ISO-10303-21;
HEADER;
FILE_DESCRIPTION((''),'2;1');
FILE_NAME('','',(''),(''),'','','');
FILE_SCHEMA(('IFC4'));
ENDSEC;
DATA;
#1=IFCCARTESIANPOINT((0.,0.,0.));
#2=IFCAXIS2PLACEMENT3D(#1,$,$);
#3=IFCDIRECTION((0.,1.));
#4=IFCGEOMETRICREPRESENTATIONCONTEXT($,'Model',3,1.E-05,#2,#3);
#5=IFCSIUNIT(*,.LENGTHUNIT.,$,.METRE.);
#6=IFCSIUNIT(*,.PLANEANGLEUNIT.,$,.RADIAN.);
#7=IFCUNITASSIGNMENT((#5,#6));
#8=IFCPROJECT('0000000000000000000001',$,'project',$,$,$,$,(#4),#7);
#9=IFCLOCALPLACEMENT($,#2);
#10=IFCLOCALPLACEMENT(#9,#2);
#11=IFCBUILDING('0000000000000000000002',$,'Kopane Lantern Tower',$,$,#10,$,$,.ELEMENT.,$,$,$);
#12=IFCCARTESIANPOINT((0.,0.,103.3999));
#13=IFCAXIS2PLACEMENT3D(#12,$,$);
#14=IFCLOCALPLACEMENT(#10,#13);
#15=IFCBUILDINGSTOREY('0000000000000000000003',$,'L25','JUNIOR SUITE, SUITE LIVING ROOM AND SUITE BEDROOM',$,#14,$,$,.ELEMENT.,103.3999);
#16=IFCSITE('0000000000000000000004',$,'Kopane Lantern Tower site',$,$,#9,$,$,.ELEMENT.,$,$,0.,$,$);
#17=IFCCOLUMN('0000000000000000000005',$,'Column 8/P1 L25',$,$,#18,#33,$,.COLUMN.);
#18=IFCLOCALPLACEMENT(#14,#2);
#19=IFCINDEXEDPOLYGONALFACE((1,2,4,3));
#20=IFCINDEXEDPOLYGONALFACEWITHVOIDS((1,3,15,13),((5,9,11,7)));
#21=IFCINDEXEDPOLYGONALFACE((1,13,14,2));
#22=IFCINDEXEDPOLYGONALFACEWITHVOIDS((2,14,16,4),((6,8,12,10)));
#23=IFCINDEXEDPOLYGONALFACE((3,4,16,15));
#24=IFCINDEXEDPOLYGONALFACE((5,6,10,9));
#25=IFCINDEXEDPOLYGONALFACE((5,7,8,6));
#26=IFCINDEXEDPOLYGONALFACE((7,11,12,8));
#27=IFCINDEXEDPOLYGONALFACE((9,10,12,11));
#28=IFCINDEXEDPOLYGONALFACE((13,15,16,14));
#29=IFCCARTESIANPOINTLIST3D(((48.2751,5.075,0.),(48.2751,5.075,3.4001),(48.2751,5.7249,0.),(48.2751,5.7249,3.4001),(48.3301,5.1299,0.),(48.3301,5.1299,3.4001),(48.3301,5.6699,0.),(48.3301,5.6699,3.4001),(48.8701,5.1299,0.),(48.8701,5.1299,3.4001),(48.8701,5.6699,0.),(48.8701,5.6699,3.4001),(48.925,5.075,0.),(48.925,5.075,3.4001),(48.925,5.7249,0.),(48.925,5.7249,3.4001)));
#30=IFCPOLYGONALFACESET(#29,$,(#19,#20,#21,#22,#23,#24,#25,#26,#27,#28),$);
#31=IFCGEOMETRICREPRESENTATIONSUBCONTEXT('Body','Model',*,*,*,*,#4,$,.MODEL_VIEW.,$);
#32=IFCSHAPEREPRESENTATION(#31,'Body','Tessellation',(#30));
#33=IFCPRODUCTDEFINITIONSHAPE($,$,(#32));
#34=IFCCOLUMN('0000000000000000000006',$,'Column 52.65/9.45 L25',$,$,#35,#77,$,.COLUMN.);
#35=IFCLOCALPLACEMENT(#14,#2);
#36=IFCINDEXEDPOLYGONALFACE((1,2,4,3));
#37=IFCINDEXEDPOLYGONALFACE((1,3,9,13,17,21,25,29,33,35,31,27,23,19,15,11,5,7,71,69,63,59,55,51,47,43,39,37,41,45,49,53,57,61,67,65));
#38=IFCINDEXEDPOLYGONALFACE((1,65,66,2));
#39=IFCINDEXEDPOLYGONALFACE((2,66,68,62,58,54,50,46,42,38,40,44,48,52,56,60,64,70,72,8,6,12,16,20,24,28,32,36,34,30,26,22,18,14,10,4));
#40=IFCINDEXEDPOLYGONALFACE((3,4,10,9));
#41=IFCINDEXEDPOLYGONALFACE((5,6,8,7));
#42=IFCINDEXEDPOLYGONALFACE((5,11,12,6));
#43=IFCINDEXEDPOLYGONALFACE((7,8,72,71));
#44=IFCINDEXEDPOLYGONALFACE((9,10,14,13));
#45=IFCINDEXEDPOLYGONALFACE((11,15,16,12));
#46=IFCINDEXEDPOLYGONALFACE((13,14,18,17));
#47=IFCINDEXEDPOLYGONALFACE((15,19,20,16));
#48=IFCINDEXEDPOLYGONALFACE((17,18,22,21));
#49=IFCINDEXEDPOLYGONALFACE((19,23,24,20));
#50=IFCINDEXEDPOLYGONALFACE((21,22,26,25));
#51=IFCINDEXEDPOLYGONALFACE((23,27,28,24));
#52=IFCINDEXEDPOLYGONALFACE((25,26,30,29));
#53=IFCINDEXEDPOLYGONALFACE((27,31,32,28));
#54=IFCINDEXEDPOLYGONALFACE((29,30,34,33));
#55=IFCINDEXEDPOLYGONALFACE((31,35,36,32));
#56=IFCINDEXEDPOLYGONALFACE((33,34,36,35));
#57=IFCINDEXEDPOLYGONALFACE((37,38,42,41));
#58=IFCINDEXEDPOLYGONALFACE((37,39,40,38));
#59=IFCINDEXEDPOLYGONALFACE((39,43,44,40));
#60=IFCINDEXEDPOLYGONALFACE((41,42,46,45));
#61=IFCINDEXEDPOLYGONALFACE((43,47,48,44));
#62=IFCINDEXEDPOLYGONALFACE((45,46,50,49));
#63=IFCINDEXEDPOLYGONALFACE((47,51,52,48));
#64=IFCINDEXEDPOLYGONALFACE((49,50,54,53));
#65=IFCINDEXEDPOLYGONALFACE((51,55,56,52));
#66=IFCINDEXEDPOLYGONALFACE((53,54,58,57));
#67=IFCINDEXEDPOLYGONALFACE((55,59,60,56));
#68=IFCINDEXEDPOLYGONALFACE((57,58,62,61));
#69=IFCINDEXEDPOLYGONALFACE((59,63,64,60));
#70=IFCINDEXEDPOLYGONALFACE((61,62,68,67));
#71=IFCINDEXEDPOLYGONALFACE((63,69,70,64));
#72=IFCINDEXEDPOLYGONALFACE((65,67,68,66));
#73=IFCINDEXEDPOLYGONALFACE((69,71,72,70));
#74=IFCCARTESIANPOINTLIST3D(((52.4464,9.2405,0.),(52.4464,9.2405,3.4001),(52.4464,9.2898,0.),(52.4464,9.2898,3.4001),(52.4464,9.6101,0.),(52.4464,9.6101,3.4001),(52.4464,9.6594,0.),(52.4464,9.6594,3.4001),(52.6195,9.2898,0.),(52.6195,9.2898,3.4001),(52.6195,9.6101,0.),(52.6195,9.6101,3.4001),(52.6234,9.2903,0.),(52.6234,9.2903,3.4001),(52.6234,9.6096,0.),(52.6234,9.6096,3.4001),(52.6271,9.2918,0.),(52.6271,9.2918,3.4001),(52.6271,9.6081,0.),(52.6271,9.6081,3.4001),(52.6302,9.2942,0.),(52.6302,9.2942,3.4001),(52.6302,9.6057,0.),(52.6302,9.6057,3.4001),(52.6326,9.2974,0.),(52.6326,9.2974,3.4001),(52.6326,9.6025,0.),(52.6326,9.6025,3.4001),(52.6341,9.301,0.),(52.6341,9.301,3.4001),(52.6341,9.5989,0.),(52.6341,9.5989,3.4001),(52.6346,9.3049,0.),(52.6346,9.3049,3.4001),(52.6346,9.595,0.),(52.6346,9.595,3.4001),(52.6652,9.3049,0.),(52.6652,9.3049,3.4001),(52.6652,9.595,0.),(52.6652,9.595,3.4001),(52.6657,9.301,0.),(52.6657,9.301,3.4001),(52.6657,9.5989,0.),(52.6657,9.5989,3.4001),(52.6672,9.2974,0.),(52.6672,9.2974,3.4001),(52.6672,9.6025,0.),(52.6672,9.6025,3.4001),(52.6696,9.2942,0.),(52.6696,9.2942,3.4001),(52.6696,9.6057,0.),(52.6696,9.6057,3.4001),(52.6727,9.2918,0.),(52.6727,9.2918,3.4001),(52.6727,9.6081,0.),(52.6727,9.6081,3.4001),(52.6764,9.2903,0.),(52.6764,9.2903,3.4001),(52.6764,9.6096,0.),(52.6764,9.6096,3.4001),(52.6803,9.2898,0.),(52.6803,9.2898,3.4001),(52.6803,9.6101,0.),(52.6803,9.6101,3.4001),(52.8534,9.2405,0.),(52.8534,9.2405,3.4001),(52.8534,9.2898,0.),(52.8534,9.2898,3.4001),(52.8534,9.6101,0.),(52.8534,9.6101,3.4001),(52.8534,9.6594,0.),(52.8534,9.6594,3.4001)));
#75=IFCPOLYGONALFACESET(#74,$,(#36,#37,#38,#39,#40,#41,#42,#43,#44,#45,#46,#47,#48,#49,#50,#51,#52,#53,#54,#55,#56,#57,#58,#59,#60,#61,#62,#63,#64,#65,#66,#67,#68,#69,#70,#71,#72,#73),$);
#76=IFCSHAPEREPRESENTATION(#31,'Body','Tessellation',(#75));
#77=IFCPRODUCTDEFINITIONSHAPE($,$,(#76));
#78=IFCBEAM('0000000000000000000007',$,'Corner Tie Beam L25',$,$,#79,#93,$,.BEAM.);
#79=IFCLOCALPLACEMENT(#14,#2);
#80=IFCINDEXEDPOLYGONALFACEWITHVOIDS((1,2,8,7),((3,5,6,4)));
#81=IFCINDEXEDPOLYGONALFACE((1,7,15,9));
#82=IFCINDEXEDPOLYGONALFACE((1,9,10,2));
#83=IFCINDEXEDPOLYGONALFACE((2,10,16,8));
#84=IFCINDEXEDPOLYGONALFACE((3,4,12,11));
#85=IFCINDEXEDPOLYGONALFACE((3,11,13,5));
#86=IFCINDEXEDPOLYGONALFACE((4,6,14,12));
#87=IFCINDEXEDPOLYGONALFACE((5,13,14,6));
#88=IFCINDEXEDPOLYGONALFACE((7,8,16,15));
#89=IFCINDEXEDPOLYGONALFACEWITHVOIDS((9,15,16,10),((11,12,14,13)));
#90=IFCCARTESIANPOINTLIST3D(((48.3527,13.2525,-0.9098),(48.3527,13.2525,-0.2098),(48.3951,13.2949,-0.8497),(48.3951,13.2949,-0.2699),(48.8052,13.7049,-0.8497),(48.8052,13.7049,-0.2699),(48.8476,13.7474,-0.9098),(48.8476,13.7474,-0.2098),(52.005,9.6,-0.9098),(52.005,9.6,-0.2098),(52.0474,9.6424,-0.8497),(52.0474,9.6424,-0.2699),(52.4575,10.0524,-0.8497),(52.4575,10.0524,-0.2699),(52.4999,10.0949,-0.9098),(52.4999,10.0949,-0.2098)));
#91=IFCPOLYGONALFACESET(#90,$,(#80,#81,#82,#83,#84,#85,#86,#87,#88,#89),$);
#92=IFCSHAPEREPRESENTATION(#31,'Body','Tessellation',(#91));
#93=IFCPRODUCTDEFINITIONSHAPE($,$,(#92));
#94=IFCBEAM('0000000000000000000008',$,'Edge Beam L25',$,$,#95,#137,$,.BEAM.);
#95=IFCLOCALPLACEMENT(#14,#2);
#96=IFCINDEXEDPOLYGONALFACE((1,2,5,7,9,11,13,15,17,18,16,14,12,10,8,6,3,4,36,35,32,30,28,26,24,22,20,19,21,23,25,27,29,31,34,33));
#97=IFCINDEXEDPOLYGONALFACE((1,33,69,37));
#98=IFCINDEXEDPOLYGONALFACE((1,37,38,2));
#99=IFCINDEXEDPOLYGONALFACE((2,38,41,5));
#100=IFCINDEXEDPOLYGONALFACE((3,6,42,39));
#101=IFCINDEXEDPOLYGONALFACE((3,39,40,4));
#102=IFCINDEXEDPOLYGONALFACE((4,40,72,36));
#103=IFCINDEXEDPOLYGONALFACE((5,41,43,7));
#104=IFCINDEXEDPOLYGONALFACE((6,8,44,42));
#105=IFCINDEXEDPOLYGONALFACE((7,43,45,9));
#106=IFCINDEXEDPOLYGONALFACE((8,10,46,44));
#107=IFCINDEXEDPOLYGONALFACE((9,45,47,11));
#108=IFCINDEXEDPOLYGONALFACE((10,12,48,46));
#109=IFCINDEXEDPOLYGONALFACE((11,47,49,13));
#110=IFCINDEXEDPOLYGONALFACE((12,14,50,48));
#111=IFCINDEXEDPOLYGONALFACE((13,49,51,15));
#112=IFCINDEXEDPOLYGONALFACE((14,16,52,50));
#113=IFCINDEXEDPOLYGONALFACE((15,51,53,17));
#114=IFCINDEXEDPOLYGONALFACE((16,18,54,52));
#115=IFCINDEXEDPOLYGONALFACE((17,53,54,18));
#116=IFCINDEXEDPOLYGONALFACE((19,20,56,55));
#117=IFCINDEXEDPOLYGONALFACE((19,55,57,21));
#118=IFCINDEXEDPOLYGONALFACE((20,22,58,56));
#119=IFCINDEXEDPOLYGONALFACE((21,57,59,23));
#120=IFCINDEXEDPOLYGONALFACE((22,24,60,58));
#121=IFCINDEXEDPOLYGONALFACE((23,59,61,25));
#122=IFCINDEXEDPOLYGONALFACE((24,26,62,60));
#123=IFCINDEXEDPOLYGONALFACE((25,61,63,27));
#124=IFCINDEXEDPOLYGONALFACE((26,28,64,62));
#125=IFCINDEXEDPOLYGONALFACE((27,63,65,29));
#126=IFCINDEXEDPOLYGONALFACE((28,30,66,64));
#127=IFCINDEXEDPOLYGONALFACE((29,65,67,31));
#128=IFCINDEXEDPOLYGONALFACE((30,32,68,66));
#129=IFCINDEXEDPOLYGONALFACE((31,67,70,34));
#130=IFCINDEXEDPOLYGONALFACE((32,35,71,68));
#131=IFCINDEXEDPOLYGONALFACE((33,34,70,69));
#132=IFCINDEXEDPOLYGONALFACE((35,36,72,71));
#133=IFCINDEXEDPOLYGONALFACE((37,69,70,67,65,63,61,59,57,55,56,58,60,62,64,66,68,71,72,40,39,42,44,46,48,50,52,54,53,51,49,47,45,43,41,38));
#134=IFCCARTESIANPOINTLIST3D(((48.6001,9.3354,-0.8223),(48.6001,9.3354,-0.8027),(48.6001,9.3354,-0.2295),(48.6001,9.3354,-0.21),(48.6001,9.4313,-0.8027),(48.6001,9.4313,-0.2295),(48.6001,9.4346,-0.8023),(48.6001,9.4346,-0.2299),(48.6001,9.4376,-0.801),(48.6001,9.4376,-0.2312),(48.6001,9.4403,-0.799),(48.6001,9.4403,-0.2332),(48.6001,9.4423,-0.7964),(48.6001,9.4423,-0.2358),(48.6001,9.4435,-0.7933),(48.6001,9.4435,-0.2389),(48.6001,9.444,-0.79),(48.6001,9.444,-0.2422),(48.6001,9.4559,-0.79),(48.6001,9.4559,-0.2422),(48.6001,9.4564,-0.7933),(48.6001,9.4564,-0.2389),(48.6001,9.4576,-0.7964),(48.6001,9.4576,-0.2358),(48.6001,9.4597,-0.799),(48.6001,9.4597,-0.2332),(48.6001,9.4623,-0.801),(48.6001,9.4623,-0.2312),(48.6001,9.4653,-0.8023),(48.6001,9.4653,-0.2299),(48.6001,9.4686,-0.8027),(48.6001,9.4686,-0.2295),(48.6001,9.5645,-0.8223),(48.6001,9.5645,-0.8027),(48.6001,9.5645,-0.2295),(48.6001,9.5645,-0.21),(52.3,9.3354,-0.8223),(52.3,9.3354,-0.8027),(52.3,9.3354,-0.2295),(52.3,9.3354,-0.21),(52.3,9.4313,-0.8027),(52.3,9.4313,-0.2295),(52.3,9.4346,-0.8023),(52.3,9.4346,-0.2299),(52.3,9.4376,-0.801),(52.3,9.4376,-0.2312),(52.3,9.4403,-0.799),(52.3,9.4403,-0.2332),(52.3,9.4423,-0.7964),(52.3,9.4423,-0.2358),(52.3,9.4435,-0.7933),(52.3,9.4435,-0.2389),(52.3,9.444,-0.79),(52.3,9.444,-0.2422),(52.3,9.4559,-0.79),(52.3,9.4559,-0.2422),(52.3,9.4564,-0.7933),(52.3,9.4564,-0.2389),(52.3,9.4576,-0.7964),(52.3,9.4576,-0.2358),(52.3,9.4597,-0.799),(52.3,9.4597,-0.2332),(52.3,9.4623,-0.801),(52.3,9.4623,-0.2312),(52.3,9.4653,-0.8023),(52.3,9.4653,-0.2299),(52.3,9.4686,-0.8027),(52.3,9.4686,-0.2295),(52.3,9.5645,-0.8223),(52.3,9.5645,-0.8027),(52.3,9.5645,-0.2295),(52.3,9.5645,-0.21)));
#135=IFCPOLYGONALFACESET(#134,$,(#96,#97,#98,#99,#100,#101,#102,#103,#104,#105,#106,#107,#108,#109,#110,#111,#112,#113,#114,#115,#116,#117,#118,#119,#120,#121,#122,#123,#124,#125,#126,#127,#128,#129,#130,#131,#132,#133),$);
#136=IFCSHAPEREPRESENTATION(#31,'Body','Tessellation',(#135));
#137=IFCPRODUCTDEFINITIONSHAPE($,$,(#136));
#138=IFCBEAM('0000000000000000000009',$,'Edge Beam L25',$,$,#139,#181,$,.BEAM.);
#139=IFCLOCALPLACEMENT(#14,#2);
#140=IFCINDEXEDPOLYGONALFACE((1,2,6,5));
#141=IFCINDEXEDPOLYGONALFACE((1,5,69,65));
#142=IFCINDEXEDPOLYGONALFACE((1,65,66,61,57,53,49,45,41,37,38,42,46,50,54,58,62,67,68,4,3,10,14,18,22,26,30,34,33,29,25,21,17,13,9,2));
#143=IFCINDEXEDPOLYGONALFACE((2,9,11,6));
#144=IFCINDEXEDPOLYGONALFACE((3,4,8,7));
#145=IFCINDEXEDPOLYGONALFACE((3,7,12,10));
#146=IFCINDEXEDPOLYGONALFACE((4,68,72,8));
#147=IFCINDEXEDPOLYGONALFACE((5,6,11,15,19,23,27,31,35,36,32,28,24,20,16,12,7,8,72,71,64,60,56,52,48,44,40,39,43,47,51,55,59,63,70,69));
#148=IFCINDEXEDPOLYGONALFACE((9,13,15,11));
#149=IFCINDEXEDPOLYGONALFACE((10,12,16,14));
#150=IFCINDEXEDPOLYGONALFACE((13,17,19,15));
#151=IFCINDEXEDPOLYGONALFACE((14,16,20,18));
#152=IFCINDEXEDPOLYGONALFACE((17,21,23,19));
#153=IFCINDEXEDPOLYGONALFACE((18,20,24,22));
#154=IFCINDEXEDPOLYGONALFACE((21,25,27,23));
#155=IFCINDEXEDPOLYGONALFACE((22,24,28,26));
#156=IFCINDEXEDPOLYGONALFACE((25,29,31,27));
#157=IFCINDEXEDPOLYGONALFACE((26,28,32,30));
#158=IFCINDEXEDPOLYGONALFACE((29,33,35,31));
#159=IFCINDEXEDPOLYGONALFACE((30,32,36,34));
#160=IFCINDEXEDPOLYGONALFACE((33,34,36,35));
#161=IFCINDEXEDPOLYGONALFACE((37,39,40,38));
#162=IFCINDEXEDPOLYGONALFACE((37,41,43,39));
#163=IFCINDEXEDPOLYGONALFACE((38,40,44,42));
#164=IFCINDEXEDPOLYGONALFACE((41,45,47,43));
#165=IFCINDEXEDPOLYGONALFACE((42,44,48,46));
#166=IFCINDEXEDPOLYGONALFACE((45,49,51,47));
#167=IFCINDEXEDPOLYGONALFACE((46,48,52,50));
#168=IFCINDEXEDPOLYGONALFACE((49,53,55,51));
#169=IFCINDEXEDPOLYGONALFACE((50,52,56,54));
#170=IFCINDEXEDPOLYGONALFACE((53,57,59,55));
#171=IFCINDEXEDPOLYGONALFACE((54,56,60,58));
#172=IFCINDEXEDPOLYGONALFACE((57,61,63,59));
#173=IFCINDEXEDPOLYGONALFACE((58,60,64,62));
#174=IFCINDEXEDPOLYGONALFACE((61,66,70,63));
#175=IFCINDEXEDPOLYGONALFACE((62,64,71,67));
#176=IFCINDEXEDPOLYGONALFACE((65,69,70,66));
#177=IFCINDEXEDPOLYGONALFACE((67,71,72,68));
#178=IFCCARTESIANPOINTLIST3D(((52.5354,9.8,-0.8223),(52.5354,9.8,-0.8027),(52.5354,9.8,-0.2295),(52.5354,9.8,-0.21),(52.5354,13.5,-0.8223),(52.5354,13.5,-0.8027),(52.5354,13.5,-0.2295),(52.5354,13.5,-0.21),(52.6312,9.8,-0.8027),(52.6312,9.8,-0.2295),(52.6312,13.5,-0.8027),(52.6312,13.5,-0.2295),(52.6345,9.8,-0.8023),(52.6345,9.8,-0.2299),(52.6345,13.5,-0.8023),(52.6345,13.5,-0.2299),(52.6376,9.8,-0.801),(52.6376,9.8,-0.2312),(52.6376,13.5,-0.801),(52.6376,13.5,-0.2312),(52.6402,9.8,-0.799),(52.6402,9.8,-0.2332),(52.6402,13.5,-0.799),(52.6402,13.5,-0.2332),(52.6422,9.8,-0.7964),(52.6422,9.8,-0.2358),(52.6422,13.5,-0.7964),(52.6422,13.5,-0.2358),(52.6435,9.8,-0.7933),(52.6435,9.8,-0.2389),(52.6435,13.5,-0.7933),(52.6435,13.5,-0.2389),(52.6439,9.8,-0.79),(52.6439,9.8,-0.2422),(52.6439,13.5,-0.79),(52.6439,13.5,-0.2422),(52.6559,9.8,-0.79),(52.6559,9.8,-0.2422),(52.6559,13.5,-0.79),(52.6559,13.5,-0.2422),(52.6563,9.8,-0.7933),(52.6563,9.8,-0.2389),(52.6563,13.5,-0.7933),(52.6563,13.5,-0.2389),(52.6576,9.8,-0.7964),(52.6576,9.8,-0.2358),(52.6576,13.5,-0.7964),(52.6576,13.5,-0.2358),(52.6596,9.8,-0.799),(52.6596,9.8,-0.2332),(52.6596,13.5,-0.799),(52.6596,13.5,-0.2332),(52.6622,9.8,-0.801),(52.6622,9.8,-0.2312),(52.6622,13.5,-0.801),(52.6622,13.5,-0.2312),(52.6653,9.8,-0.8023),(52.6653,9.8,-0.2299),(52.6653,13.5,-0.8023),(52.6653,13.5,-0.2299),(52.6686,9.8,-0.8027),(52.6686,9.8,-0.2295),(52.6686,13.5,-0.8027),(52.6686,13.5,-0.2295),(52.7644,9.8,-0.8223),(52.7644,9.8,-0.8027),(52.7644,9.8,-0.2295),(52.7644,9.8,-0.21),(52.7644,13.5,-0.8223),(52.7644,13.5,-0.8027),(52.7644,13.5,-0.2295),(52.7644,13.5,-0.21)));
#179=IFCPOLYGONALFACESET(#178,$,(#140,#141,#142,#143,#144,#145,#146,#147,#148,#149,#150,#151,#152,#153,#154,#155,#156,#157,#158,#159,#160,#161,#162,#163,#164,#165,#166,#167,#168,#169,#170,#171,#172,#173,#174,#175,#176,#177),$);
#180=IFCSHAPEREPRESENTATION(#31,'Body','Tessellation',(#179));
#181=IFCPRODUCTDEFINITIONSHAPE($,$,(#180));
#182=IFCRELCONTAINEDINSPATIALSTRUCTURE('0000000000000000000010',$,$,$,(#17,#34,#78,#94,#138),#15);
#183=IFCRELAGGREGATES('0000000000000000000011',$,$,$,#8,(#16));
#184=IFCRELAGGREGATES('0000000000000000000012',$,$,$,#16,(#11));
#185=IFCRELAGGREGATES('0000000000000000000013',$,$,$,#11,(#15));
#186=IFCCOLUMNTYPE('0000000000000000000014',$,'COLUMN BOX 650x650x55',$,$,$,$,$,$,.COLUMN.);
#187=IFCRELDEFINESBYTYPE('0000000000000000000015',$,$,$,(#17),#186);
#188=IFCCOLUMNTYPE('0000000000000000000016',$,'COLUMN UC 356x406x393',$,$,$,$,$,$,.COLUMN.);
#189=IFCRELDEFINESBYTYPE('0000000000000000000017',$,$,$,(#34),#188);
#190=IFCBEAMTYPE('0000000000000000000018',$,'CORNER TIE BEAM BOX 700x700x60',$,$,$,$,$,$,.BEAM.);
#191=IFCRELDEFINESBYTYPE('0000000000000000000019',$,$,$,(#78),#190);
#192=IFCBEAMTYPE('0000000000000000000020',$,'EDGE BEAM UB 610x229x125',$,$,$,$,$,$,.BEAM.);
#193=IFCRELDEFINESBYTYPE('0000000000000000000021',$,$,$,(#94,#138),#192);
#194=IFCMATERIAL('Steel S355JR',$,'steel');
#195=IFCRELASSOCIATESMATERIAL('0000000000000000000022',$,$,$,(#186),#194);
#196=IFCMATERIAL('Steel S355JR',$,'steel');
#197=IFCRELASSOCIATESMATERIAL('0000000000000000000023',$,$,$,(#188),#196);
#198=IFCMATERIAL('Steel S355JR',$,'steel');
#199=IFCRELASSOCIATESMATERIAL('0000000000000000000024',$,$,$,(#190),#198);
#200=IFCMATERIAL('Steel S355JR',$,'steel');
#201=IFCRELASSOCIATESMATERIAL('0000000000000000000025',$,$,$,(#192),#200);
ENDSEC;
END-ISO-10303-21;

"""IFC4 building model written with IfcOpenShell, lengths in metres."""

from ifc_helpers import new_model, si_unit, direction, frame, origin, origin_2d, place, context, subcontext, project, spatial, hollow_rectangle, i_section, extrude, material, material_profile, profile_set, type_object, element, save


model = new_model("IFC4")

# Units and contexts
model_context = context("Model", 3, precision=1e-05, world=origin(), true_north=direction((0.0, 1.0)))
body_context = subcontext(model_context, "Body", "Model", "MODEL_VIEW")
ifc_project = project(units=[si_unit("LENGTHUNIT", "METRE"), si_unit("PLANEANGLEUNIT", "RADIAN")], contexts=[model_context])

# Site, building, storey
site_placement = place(None, origin())
site = spatial("IfcSite", under=ifc_project, at=site_placement, Name="Kopane Lantern Tower site", CompositionType="ELEMENT", RefElevation=0.0)
building_placement = place(site_placement, origin())
building = spatial("IfcBuilding", under=site, at=building_placement, Name="Kopane Lantern Tower", CompositionType="ELEMENT")
storey_placement = place(building_placement, frame((0.0, 0.0, 103.3999)))
storey = spatial("IfcBuildingStorey", under=building, at=storey_placement, Name="L25", Description="JUNIOR SUITE, SUITE LIVING ROOM AND SUITE BEDROOM", CompositionType="ELEMENT", Elevation=103.3999)

# Columns
ifc_material_1 = material(Name="Steel S355JR", Category="steel")
ifc_material_profile_1 = material_profile(ifc_material_1, hollow_rectangle(XDim=0.6499, YDim=0.6499, WallThickness=0.0549, at=origin_2d()), Name="BOX 650x650x55")
ifc_profile_set_1 = profile_set([ifc_material_profile_1], Name="Steel S355JR")
column_type_1 = type_object("IfcColumnType", Name="COLUMN BOX 650x650x55", PredefinedType="COLUMN", material=ifc_profile_set_1)
column_1_placement = place(storey_placement, frame((48.6001, 5.3999, 0.0), z_axis=(0.0, 0.0, 1.0), x_axis=(1.0, 0.0, 0.0)))
element("IfcColumn", 1, at=column_1_placement, inside=storey, type_object=column_type_1, Name="Column 8/P1 L25", PredefinedType="COLUMN", context=body_context, shape_type="SweptSolid", body=[
    extrude(hollow_rectangle(XDim=0.6499, YDim=0.6499, WallThickness=0.0549, at=origin_2d()), origin(), (0.0, 0.0, 1.0), 3.4001),
])
ifc_material_2 = material(Name="Steel S355JR", Category="steel")
ifc_material_profile_2 = material_profile(ifc_material_2, i_section(OverallWidth=0.407, OverallDepth=0.4189, WebThickness=0.0305, FlangeThickness=0.0493, FilletRadius=0.0151, at=origin_2d()), Name="UC 356x406x393")
ifc_profile_set_2 = profile_set([ifc_material_profile_2], Name="Steel S355JR")
column_type_2 = type_object("IfcColumnType", Name="COLUMN UC 356x406x393", PredefinedType="COLUMN", material=ifc_profile_set_2)
column_2_placement = place(storey_placement, frame((52.6499, 9.45, 0.0), z_axis=(0.0, 0.0, 1.0), x_axis=(1.0, 0.0, 0.0)))
element("IfcColumn", 2, at=column_2_placement, inside=storey, type_object=column_type_2, Name="Column 52.65/9.45 L25", PredefinedType="COLUMN", context=body_context, shape_type="SweptSolid", body=[
    extrude(i_section(OverallWidth=0.407, OverallDepth=0.4189, WebThickness=0.0305, FlangeThickness=0.0493, FilletRadius=0.0151, at=origin_2d()), origin(), (0.0, 0.0, 1.0), 3.4001),
])

# Beams
ifc_material_3 = material(Name="Steel S355JR", Category="steel")
ifc_material_profile_3 = material_profile(ifc_material_3, hollow_rectangle(XDim=0.7, YDim=0.7, WallThickness=0.0601, at=origin_2d()), Name="BOX 700x700x60")
ifc_profile_set_3 = profile_set([ifc_material_profile_3], Name="Steel S355JR")
beam_type_1 = type_object("IfcBeamType", Name="CORNER TIE BEAM BOX 700x700x60", PredefinedType="BEAM", material=ifc_profile_set_3)
beam_1_placement = place(storey_placement, frame((52.2524, 9.8474, -0.5598), z_axis=(-0.707083, 0.70713, 0.0), x_axis=(-0.70713, -0.707083, 0.0)))
element("IfcBeam", 3, at=beam_1_placement, inside=storey, type_object=beam_type_1, Name="Corner Tie Beam L25", PredefinedType="BEAM", context=body_context, shape_type="SweptSolid", body=[
    extrude(hollow_rectangle(XDim=0.7, YDim=0.7, WallThickness=0.0601, at=origin_2d()), origin(), (0.0, 0.0, 1.0), 5.1653),
])
ifc_material_4 = material(Name="Steel S355JR", Category="steel")
ifc_material_profile_4 = material_profile(ifc_material_4, i_section(OverallWidth=0.229, OverallDepth=0.6123, WebThickness=0.012, FlangeThickness=0.0195, FilletRadius=0.0127, at=origin_2d()), Name="UB 610x229x125")
ifc_profile_set_4 = profile_set([ifc_material_profile_4], Name="Steel S355JR")
beam_type_2 = type_object("IfcBeamType", Name="EDGE BEAM UB 610x229x125", PredefinedType="BEAM", material=ifc_profile_set_4)
for number, where, z_axis, x_axis, name in (
    (4, (52.3, 9.45, -0.5161), (-1.0, 0.0, 0.0), (0.0, -1.0, 0.0), "Edge Beam L25"),
    (5, (52.6499, 9.8, -0.5161), (0.0, 1.0, 0.0), (-1.0, 0.0, 0.0), "Edge Beam L25"),
):
    element("IfcBeam", number, at=place(storey_placement, frame(where, z_axis=z_axis, x_axis=x_axis)), inside=storey, type_object=beam_type_2, Name=name, PredefinedType="BEAM", context=body_context, shape_type="SweptSolid", body=[
        extrude(i_section(OverallWidth=0.229, OverallDepth=0.6123, WebThickness=0.012, FlangeThickness=0.0195, FilletRadius=0.0127, at=origin_2d()), origin(), (0.0, 0.0, 1.0), 3.7),
    ])

save(model, "model.ifc")
